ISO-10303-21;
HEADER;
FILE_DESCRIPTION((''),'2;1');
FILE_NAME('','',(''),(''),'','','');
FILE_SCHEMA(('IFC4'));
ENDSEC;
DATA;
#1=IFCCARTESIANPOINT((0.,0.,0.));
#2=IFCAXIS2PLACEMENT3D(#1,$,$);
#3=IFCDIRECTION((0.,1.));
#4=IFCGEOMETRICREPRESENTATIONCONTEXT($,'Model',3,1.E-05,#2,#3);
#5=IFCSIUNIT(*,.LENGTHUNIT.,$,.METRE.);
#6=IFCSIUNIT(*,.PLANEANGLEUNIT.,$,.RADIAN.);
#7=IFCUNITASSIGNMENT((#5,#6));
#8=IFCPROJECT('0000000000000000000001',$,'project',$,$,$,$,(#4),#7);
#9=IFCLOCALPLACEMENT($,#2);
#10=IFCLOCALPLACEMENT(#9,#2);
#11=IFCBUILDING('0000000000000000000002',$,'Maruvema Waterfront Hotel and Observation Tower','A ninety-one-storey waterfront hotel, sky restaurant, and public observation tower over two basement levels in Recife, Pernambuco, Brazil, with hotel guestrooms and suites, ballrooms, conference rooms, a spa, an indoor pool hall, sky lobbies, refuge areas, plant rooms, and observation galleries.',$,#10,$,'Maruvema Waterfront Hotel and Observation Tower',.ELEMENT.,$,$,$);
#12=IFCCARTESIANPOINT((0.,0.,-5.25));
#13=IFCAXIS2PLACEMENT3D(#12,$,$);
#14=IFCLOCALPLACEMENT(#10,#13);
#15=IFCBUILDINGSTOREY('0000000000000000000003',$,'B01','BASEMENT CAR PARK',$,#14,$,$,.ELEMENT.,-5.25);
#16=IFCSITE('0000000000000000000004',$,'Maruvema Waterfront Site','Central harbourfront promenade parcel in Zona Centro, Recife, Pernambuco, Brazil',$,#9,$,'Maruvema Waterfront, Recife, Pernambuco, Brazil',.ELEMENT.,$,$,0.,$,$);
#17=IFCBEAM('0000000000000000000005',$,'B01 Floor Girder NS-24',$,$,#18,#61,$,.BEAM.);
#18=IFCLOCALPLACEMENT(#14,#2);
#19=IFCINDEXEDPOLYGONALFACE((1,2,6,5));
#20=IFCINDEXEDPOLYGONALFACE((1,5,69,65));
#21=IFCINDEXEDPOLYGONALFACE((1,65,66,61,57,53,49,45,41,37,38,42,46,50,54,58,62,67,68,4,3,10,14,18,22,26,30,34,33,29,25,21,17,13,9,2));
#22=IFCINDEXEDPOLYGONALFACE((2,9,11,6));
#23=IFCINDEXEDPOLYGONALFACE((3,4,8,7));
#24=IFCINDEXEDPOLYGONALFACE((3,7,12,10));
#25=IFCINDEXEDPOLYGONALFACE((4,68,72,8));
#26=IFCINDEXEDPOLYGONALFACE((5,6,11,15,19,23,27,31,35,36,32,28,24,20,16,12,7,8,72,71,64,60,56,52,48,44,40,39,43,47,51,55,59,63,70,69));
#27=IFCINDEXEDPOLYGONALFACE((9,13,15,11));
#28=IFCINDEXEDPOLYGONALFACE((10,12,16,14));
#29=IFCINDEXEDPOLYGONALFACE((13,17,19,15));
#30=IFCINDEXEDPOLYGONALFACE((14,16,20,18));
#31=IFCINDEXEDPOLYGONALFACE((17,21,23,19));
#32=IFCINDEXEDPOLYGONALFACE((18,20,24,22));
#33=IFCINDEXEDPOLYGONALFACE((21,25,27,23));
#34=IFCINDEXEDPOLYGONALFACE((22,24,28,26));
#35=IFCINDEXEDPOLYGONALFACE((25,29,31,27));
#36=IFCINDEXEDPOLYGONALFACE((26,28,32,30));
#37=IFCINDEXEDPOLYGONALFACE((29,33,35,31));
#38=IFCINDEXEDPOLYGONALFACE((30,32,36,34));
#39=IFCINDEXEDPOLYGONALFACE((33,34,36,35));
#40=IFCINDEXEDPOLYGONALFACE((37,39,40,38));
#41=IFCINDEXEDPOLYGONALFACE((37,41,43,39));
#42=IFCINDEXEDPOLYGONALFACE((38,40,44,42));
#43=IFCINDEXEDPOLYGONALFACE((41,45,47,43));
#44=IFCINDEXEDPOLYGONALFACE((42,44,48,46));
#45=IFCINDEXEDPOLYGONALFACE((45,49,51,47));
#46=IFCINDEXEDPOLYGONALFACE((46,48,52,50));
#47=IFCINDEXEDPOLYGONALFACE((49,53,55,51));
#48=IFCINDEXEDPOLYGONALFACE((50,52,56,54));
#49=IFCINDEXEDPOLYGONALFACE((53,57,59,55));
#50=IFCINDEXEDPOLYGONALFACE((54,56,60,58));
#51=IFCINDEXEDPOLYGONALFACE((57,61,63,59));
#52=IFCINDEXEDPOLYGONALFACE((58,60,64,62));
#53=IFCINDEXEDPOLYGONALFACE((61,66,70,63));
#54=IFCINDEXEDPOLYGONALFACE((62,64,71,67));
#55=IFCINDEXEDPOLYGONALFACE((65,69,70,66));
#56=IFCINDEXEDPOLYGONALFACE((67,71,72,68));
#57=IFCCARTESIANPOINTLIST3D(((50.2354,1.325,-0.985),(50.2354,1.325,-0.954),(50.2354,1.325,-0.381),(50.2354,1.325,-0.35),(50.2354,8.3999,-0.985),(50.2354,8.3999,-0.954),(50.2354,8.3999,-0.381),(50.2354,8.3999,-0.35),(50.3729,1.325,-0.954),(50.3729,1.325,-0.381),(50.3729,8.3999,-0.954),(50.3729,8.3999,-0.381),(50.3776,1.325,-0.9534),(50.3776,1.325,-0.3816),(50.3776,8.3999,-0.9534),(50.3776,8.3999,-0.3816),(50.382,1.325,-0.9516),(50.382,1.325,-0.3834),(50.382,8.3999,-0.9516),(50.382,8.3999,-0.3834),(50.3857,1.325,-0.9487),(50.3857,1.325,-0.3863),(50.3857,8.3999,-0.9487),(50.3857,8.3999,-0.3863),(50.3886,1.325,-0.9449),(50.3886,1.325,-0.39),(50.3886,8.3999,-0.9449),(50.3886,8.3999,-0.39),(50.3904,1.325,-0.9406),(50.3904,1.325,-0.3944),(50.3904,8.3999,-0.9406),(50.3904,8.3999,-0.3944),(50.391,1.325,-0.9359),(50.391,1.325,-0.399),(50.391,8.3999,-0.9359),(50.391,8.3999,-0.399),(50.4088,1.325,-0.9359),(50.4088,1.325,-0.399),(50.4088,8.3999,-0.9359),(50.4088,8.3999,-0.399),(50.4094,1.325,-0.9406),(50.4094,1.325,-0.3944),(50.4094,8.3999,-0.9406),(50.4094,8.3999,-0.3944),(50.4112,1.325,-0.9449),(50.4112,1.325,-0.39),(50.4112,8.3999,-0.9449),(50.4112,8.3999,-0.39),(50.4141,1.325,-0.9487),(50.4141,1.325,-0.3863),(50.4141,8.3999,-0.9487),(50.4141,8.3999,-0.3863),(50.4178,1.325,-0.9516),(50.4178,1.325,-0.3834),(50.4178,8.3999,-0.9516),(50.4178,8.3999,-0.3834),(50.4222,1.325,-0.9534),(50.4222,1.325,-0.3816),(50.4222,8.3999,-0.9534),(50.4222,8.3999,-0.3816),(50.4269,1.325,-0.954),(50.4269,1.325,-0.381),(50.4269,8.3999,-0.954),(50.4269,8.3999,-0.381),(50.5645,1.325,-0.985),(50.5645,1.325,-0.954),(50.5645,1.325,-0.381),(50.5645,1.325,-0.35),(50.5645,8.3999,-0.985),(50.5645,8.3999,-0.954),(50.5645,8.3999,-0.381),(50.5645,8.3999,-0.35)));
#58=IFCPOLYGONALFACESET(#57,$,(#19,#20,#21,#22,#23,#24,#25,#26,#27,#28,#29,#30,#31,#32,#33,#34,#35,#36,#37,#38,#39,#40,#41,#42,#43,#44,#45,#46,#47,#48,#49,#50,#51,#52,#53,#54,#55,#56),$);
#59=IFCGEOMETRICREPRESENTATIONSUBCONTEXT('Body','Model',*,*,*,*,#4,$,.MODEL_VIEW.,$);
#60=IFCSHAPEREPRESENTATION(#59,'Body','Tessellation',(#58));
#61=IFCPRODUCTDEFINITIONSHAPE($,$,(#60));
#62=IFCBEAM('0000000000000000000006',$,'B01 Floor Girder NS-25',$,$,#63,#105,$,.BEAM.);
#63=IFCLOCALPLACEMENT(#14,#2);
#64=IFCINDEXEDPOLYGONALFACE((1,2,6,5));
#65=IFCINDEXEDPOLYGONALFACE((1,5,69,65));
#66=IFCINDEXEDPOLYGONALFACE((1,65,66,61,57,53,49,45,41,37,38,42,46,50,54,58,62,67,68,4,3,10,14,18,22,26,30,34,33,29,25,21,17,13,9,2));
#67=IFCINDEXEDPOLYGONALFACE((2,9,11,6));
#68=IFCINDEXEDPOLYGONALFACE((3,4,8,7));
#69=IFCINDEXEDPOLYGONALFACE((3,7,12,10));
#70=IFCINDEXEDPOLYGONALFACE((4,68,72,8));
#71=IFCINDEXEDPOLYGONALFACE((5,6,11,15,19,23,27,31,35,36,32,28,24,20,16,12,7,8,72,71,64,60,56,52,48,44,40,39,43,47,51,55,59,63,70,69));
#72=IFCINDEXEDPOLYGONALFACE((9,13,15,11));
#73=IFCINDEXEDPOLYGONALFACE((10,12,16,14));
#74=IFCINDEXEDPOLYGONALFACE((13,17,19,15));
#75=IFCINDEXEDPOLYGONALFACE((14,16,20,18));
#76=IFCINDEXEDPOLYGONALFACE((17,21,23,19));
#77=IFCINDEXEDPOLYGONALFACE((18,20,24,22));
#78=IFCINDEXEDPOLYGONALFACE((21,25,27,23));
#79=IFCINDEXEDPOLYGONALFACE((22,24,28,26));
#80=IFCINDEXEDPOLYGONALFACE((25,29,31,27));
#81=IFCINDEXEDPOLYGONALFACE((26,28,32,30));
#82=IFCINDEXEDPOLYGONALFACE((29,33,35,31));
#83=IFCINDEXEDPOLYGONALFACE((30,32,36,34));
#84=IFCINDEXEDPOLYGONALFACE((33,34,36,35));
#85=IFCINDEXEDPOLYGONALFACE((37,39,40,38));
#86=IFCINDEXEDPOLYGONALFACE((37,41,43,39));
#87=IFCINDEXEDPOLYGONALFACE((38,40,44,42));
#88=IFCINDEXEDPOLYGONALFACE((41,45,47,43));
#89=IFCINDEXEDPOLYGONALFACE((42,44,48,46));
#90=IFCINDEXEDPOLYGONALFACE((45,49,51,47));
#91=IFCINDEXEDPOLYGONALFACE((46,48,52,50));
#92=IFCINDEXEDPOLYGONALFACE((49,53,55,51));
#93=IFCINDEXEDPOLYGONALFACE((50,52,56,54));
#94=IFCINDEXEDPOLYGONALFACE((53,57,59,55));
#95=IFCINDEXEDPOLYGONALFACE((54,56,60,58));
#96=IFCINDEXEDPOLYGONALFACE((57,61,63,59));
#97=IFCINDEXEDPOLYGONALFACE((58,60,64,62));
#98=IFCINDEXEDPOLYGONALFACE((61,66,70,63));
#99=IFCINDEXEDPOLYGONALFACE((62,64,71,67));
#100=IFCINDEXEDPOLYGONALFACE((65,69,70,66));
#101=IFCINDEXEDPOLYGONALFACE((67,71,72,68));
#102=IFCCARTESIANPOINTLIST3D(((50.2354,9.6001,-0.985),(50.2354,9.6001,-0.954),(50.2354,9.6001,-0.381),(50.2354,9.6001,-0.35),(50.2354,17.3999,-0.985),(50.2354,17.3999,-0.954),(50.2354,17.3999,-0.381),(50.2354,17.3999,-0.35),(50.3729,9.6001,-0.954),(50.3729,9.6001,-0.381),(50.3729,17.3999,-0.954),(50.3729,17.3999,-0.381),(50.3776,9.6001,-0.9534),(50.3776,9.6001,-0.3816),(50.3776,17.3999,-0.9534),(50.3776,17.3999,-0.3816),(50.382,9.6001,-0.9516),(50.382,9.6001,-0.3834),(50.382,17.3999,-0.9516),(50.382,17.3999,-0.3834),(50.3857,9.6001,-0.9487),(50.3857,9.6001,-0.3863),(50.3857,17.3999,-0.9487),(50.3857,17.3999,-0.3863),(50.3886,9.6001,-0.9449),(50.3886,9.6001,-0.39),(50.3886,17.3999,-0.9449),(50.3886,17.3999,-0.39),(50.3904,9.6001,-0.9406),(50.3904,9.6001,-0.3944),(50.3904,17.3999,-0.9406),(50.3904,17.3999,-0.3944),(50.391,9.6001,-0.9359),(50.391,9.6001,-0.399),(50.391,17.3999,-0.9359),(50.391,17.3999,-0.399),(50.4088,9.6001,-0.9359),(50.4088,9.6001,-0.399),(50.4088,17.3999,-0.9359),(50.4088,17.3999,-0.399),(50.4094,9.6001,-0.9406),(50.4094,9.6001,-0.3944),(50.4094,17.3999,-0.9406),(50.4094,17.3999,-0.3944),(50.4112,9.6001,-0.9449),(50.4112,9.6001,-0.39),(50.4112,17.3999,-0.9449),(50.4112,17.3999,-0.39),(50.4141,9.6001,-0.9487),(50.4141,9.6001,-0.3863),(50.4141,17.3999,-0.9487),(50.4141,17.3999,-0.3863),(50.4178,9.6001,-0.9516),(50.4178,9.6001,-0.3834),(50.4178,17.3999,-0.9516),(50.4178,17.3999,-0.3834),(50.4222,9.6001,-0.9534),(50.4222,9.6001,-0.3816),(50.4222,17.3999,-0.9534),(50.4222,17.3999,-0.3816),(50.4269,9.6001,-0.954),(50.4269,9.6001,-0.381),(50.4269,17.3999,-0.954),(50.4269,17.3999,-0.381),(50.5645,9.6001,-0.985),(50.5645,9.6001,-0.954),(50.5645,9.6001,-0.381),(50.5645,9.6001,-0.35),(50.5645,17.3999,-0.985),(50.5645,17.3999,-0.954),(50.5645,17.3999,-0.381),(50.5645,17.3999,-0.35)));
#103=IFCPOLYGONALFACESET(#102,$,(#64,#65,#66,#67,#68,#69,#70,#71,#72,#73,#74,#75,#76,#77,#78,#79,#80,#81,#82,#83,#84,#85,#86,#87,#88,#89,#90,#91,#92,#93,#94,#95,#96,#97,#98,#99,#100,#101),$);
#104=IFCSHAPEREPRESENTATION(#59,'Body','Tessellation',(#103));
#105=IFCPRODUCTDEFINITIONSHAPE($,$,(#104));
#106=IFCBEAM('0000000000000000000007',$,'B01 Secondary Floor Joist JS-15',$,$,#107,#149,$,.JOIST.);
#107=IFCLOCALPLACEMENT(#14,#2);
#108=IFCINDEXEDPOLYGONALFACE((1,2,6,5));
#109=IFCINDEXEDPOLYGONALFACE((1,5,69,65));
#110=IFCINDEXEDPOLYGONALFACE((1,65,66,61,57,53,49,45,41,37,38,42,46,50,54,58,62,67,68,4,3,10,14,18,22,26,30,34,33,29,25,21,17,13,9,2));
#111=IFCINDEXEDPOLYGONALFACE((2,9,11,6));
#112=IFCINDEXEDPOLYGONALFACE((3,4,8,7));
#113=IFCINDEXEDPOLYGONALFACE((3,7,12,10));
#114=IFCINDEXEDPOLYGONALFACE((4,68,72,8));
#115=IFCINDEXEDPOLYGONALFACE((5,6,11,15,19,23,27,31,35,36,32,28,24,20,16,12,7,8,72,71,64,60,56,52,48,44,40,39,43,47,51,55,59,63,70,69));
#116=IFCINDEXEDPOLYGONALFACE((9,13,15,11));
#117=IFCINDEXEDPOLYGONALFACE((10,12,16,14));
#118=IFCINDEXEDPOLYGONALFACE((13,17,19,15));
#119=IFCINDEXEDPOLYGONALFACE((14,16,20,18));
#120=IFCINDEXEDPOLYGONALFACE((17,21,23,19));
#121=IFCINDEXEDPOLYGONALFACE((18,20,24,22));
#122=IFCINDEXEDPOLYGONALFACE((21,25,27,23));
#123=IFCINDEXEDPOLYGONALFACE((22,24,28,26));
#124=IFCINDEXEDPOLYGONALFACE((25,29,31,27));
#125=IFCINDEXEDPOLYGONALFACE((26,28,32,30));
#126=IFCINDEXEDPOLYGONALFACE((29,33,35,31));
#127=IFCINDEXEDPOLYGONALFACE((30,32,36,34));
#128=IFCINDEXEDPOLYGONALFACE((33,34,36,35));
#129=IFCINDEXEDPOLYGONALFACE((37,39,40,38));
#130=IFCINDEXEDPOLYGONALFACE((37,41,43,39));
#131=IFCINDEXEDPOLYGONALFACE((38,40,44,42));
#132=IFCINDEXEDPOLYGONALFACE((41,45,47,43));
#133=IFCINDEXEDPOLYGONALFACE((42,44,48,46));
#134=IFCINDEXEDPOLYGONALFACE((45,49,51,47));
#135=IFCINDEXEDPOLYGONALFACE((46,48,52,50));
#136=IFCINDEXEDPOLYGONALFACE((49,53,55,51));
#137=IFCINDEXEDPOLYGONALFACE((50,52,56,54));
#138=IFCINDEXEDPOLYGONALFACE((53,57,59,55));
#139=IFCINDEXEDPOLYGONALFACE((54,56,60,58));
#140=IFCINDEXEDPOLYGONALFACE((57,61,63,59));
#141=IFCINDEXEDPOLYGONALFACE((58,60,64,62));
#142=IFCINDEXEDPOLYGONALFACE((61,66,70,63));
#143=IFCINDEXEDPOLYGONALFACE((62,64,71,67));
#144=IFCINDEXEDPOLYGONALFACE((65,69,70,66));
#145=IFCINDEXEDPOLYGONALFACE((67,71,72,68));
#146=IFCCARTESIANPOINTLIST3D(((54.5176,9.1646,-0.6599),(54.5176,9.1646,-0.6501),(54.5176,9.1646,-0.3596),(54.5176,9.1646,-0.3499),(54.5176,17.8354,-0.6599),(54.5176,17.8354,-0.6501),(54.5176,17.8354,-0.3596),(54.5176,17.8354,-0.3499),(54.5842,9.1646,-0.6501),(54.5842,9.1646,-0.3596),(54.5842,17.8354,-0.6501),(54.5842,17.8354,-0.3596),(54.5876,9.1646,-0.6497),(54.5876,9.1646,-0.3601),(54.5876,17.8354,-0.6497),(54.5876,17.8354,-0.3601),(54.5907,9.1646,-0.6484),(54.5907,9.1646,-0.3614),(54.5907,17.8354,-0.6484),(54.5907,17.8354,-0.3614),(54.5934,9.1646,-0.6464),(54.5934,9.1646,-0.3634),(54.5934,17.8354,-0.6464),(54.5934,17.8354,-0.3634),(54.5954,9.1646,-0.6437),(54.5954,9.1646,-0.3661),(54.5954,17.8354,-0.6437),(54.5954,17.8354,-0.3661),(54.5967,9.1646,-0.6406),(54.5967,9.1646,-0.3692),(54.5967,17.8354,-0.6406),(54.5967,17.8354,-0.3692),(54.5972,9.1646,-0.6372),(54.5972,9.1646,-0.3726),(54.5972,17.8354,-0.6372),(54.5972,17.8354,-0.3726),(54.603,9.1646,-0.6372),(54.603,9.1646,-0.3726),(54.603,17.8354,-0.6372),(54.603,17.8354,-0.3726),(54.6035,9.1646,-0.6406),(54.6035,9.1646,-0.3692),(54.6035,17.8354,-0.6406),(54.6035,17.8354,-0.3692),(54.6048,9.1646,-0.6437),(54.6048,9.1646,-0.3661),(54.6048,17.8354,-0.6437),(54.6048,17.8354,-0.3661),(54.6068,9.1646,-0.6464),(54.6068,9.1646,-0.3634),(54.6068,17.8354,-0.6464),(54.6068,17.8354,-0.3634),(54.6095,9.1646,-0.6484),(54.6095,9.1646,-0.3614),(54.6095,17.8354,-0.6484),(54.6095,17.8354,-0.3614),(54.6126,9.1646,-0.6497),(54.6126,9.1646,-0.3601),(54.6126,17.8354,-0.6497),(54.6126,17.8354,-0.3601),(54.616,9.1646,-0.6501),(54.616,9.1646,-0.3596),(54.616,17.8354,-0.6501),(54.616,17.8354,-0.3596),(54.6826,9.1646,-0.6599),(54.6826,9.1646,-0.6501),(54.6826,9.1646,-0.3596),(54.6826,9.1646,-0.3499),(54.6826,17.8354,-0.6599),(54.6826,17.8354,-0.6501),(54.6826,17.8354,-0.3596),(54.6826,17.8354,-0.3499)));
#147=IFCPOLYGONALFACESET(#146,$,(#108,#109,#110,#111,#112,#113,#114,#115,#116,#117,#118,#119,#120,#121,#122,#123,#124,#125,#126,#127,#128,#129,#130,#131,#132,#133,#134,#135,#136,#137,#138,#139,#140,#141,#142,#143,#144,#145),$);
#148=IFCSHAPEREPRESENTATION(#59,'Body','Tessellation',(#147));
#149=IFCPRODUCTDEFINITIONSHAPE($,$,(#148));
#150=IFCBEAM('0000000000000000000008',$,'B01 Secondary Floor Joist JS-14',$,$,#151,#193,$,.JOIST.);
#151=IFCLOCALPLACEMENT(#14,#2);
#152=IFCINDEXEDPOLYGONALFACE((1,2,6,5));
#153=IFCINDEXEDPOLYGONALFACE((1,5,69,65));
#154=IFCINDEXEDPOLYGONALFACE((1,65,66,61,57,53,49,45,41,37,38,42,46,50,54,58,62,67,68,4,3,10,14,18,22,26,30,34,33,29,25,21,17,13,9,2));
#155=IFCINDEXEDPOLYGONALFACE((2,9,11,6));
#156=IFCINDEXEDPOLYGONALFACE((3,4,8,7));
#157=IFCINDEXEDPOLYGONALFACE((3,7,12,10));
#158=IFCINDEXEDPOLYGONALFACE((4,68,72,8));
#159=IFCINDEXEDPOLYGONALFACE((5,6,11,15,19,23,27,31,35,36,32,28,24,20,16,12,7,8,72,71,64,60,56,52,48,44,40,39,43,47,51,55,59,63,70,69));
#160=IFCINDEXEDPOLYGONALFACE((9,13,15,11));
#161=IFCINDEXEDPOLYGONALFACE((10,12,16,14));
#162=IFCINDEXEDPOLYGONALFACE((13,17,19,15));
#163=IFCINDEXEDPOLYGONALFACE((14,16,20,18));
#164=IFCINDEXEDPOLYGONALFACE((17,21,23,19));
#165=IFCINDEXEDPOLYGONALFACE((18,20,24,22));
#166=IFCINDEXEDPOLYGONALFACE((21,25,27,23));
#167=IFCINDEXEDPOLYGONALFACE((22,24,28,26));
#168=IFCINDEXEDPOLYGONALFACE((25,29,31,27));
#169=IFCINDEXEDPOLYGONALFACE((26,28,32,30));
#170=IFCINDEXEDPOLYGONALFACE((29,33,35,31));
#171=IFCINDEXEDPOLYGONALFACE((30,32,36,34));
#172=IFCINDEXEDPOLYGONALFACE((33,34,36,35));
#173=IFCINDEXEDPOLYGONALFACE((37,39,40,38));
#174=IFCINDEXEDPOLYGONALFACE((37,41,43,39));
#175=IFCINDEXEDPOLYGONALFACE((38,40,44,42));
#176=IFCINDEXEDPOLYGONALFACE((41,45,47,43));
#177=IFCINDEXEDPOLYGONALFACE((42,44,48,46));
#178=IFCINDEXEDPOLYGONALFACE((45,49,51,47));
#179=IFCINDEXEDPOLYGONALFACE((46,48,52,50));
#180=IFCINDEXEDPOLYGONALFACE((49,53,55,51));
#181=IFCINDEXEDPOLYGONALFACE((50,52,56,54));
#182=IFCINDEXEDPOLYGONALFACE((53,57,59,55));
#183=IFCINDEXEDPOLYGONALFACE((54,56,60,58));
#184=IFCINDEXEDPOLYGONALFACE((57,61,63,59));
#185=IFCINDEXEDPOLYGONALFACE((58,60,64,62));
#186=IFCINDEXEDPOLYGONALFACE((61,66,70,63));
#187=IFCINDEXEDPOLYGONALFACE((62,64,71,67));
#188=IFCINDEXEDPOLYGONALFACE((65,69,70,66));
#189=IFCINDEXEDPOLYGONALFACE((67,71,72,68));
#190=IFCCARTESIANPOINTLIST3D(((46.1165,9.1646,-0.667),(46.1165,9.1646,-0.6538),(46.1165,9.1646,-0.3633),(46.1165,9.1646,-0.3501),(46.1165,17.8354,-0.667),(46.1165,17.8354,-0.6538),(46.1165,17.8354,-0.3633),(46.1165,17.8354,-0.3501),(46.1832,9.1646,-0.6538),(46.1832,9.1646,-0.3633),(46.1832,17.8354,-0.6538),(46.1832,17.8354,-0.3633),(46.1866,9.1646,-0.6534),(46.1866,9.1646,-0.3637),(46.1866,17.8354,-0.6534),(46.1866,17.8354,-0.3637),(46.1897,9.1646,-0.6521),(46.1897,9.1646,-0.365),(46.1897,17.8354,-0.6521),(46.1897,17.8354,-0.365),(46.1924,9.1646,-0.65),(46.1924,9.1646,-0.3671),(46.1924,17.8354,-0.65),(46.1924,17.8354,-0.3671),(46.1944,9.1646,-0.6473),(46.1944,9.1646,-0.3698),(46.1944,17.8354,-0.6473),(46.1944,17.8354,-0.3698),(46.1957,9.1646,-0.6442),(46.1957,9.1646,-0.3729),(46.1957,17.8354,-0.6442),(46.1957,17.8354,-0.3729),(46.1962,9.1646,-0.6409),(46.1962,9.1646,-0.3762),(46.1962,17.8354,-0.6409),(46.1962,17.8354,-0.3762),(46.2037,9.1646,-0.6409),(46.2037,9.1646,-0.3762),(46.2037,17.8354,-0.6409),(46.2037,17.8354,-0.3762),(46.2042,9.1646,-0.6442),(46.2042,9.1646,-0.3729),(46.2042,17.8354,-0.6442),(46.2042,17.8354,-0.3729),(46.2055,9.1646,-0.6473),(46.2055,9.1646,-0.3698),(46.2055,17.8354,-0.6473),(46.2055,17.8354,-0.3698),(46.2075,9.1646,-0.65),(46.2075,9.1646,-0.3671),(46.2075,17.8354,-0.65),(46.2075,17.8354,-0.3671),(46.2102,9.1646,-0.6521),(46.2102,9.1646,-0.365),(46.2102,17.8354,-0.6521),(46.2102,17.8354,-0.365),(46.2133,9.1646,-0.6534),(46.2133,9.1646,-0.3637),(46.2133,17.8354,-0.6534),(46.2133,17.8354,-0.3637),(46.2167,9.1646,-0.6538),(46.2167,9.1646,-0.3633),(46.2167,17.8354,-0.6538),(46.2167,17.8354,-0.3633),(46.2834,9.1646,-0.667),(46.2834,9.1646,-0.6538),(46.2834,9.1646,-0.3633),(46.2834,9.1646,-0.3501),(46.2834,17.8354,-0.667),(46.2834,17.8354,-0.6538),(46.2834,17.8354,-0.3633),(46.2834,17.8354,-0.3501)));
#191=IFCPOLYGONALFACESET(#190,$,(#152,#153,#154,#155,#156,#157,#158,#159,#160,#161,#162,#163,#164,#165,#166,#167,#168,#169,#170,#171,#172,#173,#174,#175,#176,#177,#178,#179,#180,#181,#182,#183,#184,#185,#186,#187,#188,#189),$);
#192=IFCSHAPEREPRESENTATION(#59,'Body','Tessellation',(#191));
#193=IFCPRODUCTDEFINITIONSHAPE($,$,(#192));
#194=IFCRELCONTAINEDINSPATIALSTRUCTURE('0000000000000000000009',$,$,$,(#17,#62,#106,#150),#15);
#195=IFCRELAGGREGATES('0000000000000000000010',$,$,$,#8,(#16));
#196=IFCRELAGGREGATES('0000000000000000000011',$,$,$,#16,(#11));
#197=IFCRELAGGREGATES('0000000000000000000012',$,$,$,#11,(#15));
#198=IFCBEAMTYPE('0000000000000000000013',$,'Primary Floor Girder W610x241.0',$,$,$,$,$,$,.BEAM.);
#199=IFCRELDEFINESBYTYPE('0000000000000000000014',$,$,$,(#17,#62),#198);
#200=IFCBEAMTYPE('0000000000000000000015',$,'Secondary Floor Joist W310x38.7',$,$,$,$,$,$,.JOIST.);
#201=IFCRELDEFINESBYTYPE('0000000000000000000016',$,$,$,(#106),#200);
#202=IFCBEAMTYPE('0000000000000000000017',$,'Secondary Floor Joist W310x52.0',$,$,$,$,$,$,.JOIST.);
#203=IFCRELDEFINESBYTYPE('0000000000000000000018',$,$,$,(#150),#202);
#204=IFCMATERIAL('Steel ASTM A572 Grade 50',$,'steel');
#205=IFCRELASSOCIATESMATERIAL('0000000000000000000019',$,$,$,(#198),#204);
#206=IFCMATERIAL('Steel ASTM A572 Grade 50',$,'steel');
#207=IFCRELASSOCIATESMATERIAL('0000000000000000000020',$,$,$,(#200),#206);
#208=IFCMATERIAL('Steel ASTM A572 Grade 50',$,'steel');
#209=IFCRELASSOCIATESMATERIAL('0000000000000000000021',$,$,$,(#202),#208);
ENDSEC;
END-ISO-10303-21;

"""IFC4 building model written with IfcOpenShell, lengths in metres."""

from ifc_helpers import new_model, si_unit, direction, frame, origin, origin_2d, place, context, subcontext, project, spatial, i_section, extrude, material, material_profile, profile_set, type_object, element, save


model = new_model("IFC4")

# Units and contexts
model_context = context("Model", 3, precision=1e-05, world=origin(), true_north=direction((0.0, 1.0)))
body_context = subcontext(model_context, "Body", "Model", "MODEL_VIEW")
ifc_project = project(units=[si_unit("LENGTHUNIT", "METRE"), si_unit("PLANEANGLEUNIT", "RADIAN")], contexts=[model_context])

# Site, building, storey
site_placement = place(None, origin())
site = spatial("IfcSite", under=ifc_project, at=site_placement, Name="Maruvema Waterfront Site", Description="Central harbourfront promenade parcel in Zona Centro, Recife, Pernambuco, Brazil", LongName="Maruvema Waterfront, Recife, Pernambuco, Brazil", CompositionType="ELEMENT", RefElevation=0.0)
building_placement = place(site_placement, origin())
building = spatial("IfcBuilding", under=site, at=building_placement, Name="Maruvema Waterfront Hotel and Observation Tower", Description="A ninety-one-storey waterfront hotel, sky restaurant, and public observation tower over two basement levels in Recife, Pernambuco, Brazil, with hotel guestrooms and suites, ballrooms, conference rooms, a spa, an indoor pool hall, sky lobbies, refuge areas, plant rooms, and observation galleries.", LongName="Maruvema Waterfront Hotel and Observation Tower", CompositionType="ELEMENT")
storey_placement = place(building_placement, frame((0.0, 0.0, -5.25)))
storey = spatial("IfcBuildingStorey", under=building, at=storey_placement, Name="B01", Description="BASEMENT CAR PARK", CompositionType="ELEMENT", Elevation=-5.25)

# Beams
ifc_material_1 = material(Name="Steel ASTM A572 Grade 50", Category="steel")
ifc_material_profile_1 = material_profile(ifc_material_1, i_section(OverallWidth=0.3291, OverallDepth=0.635, WebThickness=0.0178, FlangeThickness=0.031, FilletRadius=0.0181, at=origin_2d()), Name="W610x241.0")
ifc_profile_set_1 = profile_set([ifc_material_profile_1], Name="Steel ASTM A572 Grade 50")
beam_type_1 = type_object("IfcBeamType", Name="Primary Floor Girder W610x241.0", PredefinedType="BEAM", material=ifc_profile_set_1)
beam_1_placement = place(storey_placement, frame((50.3999, 1.325, -0.6675), z_axis=(0.0, 1.0, 0.0), x_axis=(-1.0, 0.0, 0.0)))
element("IfcBeam", 1, at=beam_1_placement, inside=storey, type_object=beam_type_1, Name="B01 Floor Girder NS-24", PredefinedType="BEAM", context=body_context, shape_type="SweptSolid", body=[
    extrude(i_section(OverallWidth=0.3291, OverallDepth=0.635, WebThickness=0.0178, FlangeThickness=0.031, FilletRadius=0.0181, at=origin_2d()), origin(), (0.0, 0.0, 1.0), 7.075),
])
beam_2_placement = place(storey_placement, frame((50.3999, 9.6001, -0.6675), z_axis=(0.0, 1.0, 0.0), x_axis=(-1.0, 0.0, 0.0)))
element("IfcBeam", 2, at=beam_2_placement, inside=storey, type_object=beam_type_1, Name="B01 Floor Girder NS-25", PredefinedType="BEAM", context=body_context, shape_type="SweptSolid", body=[
    extrude(i_section(OverallWidth=0.3291, OverallDepth=0.635, WebThickness=0.0178, FlangeThickness=0.031, FilletRadius=0.0181, at=origin_2d()), origin(), (0.0, 0.0, 1.0), 7.7998),
])
ifc_material_2 = material(Name="Steel ASTM A572 Grade 50", Category="steel")
ifc_material_profile_2 = material_profile(ifc_material_2, i_section(OverallWidth=0.165, OverallDepth=0.3101, WebThickness=0.0059, FlangeThickness=0.0098, FilletRadius=0.0129, at=origin_2d()), Name="W310x38.7")
ifc_profile_set_2 = profile_set([ifc_material_profile_2], Name="Steel ASTM A572 Grade 50")
beam_type_2 = type_object("IfcBeamType", Name="Secondary Floor Joist W310x38.7", PredefinedType="JOIST", material=ifc_profile_set_2)
beam_3_placement = place(storey_placement, frame((54.6001, 9.1646, -0.5049), z_axis=(0.0, 1.0, 0.0), x_axis=(-1.0, 0.0, 0.0)))
element("IfcBeam", 3, at=beam_3_placement, inside=storey, type_object=beam_type_2, Name="B01 Secondary Floor Joist JS-15", PredefinedType="JOIST", context=body_context, shape_type="SweptSolid", body=[
    extrude(i_section(OverallWidth=0.165, OverallDepth=0.3101, WebThickness=0.0059, FlangeThickness=0.0098, FilletRadius=0.0129, at=origin_2d()), origin(), (0.0, 0.0, 1.0), 8.6709),
])
ifc_material_3 = material(Name="Steel ASTM A572 Grade 50", Category="steel")
ifc_material_profile_3 = material_profile(ifc_material_3, i_section(OverallWidth=0.167, OverallDepth=0.3169, WebThickness=0.0076, FlangeThickness=0.0132, FilletRadius=0.0129, at=origin_2d()), Name="W310x52.0")
ifc_profile_set_3 = profile_set([ifc_material_profile_3], Name="Steel ASTM A572 Grade 50")
beam_type_3 = type_object("IfcBeamType", Name="Secondary Floor Joist W310x52.0", PredefinedType="JOIST", material=ifc_profile_set_3)
beam_4_placement = place(storey_placement, frame((46.2, 9.1646, -0.5085), z_axis=(0.0, 1.0, 0.0), x_axis=(-1.0, 0.0, 0.0)))
element("IfcBeam", 4, at=beam_4_placement, inside=storey, type_object=beam_type_3, Name="B01 Secondary Floor Joist JS-14", PredefinedType="JOIST", context=body_context, shape_type="SweptSolid", body=[
    extrude(i_section(OverallWidth=0.167, OverallDepth=0.3169, WebThickness=0.0076, FlangeThickness=0.0132, FilletRadius=0.0129, at=origin_2d()), origin(), (0.0, 0.0, 1.0), 8.6709),
])

save(model, "model.ifc")
